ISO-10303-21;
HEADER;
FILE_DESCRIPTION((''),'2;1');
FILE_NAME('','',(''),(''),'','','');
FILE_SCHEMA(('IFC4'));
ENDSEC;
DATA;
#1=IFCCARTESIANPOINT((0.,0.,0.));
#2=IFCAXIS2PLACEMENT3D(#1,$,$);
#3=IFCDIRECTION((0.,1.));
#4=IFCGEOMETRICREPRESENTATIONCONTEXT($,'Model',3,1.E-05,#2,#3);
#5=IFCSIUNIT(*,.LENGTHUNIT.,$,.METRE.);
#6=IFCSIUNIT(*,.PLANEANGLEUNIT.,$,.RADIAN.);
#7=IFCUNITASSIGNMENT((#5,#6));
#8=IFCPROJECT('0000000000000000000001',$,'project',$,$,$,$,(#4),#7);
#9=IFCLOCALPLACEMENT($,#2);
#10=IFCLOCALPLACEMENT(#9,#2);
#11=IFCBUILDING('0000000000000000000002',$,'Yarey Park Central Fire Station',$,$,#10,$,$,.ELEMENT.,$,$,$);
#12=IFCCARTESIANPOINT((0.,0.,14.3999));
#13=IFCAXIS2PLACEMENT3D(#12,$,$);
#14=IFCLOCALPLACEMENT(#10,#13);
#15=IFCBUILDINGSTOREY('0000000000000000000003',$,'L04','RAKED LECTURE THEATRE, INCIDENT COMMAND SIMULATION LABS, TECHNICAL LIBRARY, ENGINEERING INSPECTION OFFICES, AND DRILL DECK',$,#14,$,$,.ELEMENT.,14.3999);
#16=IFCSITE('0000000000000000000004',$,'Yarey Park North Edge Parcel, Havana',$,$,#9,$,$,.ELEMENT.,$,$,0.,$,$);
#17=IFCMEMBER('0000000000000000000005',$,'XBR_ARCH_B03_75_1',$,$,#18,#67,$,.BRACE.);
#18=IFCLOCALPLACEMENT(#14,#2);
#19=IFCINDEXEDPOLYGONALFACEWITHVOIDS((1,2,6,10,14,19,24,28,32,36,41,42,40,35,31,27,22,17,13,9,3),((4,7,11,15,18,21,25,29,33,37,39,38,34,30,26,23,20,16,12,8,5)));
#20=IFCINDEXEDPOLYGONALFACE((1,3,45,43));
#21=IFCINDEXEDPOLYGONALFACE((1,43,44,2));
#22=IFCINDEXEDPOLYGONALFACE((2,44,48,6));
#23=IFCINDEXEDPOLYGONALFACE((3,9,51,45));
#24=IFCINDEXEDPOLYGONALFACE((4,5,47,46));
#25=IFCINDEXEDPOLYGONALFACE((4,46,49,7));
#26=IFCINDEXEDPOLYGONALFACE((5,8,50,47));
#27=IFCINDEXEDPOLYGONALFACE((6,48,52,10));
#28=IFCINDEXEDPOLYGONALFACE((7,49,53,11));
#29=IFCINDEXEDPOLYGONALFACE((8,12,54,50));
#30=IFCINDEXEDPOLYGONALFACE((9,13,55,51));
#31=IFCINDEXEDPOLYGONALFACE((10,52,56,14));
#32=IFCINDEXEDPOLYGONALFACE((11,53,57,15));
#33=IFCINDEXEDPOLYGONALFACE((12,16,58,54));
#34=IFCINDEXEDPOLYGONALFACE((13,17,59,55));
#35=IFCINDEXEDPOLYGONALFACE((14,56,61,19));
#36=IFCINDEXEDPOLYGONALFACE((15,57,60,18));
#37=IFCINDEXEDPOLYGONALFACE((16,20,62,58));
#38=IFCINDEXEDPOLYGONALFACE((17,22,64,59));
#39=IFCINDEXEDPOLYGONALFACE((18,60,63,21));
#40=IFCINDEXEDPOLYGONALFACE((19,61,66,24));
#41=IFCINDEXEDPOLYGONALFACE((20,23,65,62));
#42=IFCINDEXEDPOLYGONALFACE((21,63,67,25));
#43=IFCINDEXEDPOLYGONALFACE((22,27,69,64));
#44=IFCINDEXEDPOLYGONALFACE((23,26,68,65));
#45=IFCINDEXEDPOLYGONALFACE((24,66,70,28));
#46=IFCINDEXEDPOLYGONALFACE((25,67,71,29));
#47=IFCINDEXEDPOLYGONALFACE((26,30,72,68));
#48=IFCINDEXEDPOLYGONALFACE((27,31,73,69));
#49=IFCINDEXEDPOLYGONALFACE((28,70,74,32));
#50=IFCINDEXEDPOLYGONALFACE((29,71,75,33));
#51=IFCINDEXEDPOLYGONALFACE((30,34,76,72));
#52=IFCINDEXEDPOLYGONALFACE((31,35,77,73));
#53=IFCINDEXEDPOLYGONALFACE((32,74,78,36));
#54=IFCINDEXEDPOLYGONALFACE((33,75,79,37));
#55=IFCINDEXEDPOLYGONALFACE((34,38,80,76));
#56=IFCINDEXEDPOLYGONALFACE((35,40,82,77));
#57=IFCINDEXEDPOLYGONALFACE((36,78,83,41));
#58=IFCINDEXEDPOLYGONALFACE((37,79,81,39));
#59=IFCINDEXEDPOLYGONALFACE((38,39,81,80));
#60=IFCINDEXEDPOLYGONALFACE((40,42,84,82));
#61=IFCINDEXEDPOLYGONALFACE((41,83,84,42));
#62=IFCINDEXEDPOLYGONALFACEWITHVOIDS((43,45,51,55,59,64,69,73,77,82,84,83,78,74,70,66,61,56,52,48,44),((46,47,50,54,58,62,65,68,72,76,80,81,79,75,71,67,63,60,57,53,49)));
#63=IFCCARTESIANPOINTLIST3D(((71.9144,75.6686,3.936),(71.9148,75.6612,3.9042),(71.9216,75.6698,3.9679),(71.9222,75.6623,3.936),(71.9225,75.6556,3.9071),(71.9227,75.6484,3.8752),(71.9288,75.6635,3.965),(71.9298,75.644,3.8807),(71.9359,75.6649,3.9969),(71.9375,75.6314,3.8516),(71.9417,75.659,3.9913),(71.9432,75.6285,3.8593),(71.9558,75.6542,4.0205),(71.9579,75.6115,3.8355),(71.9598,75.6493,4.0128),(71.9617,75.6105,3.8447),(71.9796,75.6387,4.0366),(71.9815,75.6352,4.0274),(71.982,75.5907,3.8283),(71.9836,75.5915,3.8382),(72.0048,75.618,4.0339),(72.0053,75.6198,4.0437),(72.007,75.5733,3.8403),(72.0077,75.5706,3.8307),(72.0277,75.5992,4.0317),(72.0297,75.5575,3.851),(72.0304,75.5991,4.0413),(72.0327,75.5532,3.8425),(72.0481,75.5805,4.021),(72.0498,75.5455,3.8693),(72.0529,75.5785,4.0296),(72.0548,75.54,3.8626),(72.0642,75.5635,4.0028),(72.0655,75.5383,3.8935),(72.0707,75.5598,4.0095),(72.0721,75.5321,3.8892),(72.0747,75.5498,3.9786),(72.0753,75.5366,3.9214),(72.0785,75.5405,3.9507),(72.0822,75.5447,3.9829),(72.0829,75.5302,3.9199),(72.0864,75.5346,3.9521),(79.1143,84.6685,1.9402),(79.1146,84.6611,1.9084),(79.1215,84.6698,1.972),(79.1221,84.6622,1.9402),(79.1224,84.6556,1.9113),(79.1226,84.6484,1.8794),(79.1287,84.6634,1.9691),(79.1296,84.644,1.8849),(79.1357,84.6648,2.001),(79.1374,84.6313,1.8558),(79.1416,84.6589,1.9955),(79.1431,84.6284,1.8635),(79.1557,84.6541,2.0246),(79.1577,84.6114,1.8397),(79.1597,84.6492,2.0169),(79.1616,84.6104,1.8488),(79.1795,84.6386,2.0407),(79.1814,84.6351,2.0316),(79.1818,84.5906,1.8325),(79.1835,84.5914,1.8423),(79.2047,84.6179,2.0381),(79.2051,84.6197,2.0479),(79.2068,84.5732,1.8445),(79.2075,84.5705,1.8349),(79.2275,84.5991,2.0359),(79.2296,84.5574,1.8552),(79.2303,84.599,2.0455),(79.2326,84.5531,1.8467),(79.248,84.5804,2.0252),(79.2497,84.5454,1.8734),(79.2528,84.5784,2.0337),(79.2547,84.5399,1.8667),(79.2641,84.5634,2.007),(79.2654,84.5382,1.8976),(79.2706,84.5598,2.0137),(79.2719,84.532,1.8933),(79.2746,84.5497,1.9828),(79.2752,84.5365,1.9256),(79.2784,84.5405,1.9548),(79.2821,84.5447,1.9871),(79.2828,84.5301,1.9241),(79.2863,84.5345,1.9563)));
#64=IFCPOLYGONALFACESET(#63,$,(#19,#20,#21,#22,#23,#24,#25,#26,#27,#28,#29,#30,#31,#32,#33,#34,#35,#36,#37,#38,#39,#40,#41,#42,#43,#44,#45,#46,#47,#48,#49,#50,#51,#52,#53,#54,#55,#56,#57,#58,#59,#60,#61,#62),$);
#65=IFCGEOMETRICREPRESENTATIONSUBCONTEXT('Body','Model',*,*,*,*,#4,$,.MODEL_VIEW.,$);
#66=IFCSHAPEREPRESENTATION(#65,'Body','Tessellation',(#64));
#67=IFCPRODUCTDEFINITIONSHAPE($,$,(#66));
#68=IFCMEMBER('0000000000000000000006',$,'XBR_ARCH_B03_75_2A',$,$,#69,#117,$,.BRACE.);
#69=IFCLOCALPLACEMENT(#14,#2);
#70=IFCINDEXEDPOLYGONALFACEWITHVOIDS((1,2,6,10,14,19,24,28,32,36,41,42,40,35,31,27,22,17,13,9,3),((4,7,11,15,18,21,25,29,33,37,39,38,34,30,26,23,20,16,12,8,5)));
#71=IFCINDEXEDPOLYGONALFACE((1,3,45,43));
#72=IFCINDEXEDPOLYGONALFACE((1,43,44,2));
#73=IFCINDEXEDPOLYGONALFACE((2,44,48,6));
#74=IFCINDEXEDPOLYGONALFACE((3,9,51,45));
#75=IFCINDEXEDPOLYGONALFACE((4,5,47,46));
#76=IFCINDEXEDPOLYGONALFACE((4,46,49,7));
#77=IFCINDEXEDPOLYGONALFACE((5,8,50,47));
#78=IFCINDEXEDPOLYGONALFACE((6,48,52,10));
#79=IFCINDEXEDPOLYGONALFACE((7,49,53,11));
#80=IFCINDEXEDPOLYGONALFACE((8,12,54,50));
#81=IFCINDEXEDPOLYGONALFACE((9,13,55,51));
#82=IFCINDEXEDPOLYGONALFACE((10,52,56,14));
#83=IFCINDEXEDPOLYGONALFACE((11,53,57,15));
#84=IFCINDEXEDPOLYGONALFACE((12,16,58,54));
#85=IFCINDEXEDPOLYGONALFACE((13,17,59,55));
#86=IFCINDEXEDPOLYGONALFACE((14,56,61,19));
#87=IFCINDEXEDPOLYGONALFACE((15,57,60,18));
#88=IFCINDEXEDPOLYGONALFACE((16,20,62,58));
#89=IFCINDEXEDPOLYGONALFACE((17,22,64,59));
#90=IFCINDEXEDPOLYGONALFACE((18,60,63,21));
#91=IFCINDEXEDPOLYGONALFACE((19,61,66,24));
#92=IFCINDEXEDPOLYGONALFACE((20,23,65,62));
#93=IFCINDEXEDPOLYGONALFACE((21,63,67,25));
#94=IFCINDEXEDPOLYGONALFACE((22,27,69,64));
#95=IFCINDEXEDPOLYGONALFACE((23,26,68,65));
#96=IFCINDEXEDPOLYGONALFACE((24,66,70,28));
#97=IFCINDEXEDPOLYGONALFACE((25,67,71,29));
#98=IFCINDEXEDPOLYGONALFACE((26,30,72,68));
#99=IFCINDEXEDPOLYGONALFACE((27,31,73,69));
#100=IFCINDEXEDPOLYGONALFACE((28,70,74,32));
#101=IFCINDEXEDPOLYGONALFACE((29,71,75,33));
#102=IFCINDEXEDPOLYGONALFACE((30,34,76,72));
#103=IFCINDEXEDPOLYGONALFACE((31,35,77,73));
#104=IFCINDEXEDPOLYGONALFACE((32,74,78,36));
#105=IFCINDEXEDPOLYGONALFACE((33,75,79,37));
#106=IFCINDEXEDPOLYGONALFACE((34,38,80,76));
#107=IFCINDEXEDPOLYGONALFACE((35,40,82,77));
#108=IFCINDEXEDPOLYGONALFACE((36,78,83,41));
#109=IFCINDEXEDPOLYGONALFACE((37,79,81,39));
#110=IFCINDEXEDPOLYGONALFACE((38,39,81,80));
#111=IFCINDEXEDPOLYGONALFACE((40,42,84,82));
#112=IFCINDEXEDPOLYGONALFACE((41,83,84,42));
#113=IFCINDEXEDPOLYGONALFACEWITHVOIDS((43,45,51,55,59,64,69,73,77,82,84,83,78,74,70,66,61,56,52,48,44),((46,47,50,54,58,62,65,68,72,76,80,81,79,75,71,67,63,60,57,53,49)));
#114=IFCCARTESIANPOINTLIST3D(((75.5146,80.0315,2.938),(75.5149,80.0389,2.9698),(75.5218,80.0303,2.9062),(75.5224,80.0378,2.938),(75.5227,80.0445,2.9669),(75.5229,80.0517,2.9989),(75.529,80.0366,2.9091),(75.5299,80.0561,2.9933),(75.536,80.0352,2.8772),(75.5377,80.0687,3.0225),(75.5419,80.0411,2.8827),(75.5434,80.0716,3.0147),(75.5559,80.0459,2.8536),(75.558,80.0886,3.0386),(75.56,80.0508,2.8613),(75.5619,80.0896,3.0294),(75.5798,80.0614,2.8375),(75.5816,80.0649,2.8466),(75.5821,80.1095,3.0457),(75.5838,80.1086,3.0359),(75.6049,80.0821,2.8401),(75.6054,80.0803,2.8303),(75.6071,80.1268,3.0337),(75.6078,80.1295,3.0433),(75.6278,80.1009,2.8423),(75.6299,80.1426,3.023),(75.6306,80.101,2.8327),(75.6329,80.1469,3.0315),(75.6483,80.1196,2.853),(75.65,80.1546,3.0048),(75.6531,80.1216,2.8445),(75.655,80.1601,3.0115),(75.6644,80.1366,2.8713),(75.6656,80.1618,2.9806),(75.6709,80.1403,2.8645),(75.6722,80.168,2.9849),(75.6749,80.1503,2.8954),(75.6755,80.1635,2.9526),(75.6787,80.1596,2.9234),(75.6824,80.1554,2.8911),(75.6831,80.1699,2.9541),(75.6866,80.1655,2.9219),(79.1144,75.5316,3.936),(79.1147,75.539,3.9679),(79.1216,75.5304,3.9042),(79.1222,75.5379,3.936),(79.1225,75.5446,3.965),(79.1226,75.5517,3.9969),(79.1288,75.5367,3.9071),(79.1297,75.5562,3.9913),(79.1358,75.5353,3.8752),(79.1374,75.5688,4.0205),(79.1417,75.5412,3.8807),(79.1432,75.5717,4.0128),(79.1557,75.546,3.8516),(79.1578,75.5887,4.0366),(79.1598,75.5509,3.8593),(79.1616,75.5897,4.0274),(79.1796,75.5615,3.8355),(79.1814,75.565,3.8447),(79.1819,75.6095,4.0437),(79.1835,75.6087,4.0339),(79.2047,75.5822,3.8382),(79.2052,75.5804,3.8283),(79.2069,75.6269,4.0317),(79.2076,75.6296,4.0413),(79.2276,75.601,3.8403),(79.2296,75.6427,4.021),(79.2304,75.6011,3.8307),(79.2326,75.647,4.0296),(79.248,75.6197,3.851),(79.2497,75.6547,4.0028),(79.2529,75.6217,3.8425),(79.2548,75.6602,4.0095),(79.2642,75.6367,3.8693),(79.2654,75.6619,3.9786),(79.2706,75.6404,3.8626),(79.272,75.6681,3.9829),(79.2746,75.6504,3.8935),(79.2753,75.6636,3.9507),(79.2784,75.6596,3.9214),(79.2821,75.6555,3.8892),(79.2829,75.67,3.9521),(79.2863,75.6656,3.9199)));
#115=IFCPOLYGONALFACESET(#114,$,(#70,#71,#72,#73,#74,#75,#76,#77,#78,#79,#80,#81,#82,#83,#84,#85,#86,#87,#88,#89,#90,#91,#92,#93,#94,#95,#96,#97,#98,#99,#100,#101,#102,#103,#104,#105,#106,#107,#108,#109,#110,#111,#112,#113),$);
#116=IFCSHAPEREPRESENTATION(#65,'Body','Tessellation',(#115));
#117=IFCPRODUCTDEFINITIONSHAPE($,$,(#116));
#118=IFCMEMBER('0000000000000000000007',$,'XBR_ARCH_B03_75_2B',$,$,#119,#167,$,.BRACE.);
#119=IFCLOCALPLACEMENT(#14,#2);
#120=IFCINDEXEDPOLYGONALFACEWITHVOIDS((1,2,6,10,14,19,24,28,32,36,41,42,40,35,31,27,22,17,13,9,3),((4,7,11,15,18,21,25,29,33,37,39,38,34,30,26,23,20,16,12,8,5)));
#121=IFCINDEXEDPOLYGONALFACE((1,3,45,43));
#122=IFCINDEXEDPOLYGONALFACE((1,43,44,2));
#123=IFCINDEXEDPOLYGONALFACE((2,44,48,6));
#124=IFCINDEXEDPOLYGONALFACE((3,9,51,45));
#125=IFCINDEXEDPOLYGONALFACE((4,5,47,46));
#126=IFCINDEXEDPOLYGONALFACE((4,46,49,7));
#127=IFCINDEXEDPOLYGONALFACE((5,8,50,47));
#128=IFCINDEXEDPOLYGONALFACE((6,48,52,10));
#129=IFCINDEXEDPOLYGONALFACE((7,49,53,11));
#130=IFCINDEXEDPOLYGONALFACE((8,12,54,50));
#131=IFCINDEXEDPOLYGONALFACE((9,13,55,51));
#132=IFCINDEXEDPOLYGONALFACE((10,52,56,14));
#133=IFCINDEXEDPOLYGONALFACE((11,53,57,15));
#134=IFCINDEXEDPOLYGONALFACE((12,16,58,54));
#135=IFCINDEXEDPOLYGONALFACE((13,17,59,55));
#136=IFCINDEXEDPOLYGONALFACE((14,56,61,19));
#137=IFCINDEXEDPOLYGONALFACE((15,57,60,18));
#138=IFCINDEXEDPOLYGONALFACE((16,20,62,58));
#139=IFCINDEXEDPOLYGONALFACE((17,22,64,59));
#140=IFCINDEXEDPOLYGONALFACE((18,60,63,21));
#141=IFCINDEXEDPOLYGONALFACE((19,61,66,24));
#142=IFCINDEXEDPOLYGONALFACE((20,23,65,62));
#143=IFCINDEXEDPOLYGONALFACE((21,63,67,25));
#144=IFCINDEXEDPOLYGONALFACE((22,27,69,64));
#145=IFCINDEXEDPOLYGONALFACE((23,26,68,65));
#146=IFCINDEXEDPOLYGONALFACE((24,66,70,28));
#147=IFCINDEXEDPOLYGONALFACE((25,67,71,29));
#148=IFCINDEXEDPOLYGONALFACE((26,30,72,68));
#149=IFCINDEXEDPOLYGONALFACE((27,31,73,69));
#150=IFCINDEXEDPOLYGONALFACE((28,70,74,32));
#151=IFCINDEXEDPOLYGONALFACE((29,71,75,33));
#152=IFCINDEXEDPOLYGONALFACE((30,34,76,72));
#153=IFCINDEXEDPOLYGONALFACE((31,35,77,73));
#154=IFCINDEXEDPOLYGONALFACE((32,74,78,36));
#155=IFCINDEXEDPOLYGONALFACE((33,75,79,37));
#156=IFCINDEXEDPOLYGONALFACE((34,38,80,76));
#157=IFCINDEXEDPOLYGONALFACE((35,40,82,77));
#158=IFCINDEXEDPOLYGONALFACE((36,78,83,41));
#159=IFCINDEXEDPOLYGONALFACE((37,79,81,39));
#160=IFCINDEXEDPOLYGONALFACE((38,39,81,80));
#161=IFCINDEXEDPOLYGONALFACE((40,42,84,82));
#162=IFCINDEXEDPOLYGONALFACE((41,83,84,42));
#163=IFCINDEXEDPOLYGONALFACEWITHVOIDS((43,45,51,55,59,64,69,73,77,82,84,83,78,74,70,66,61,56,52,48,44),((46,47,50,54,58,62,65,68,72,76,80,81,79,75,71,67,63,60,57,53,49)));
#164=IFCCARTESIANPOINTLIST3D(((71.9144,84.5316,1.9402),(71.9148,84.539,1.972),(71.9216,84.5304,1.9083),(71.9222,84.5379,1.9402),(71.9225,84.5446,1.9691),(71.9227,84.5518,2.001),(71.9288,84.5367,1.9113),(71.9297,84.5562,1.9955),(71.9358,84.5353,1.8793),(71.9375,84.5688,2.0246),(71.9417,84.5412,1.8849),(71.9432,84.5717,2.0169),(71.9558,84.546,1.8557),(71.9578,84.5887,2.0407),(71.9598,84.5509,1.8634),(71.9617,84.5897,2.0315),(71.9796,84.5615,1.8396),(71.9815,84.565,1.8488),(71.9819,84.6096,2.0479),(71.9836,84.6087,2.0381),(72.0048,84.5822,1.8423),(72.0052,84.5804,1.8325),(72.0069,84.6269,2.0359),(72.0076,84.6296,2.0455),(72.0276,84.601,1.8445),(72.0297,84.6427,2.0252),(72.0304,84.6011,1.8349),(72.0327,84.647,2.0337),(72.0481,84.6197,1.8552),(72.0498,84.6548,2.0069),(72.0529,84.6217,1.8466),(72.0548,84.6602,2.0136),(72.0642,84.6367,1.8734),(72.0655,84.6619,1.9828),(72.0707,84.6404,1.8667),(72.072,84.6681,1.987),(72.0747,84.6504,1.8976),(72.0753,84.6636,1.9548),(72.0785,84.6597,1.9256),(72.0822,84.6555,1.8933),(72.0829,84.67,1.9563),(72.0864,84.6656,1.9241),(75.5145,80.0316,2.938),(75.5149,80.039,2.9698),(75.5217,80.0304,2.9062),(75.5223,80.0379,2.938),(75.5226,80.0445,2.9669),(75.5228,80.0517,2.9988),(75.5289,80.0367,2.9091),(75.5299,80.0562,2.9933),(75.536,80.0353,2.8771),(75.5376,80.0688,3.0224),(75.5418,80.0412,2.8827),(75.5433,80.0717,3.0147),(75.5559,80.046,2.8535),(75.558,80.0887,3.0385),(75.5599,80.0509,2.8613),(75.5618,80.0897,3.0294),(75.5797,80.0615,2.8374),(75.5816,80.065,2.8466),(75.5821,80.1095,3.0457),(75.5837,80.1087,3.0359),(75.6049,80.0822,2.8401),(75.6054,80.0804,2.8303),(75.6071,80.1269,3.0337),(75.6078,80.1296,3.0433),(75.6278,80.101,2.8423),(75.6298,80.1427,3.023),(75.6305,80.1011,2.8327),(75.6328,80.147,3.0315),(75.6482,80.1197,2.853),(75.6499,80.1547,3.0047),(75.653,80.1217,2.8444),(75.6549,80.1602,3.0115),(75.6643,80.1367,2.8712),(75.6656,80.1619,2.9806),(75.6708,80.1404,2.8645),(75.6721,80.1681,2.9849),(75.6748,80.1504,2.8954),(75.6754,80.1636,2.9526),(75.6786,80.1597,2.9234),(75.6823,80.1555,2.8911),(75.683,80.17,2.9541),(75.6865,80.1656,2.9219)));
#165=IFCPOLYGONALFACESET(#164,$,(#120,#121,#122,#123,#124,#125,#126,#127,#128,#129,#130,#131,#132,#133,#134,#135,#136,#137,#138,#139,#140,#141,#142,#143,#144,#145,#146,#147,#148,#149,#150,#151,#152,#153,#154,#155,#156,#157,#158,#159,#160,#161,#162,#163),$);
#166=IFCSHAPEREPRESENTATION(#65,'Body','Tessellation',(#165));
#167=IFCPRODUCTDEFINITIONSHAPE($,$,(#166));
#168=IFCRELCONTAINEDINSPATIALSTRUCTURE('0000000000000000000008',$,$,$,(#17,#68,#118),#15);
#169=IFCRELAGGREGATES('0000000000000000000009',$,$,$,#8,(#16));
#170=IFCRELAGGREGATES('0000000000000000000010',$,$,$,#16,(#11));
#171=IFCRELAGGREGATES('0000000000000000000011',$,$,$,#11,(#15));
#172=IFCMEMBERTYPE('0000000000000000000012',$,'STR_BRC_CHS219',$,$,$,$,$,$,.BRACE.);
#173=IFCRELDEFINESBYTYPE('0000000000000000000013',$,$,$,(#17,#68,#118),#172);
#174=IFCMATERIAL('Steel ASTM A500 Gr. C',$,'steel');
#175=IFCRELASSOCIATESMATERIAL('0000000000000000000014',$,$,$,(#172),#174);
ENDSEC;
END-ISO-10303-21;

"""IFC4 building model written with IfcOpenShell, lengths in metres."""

from ifc_helpers import new_model, si_unit, direction, frame, origin, origin_2d, place, context, subcontext, project, spatial, hollow_circle, extrude, material, material_profile, profile_set, type_object, element, save


model = new_model("IFC4")

# Units and contexts
model_context = context("Model", 3, precision=1e-05, world=origin(), true_north=direction((0.0, 1.0)))
body_context = subcontext(model_context, "Body", "Model", "MODEL_VIEW")
ifc_project = project(units=[si_unit("LENGTHUNIT", "METRE"), si_unit("PLANEANGLEUNIT", "RADIAN")], contexts=[model_context])

# Site, building, storey
site_placement = place(None, origin())
site = spatial("IfcSite", under=ifc_project, at=site_placement, Name="Yarey Park North Edge Parcel, Havana", CompositionType="ELEMENT", RefElevation=0.0)
building_placement = place(site_placement, origin())
building = spatial("IfcBuilding", under=site, at=building_placement, Name="Yarey Park Central Fire Station", CompositionType="ELEMENT")
storey_placement = place(building_placement, frame((0.0, 0.0, 14.3999)))
storey = spatial("IfcBuildingStorey", under=building, at=storey_placement, Name="L04", Description="RAKED LECTURE THEATRE, INCIDENT COMMAND SIMULATION LABS, TECHNICAL LIBRARY, ENGINEERING INSPECTION OFFICES, AND DRILL DECK", CompositionType="ELEMENT", Elevation=14.3999)

# Members
ifc_material_1 = material(Name="Steel ASTM A500 Gr. C", Category="steel")
ifc_material_profile_1 = material_profile(ifc_material_1, hollow_circle(Radius=0.1096, WallThickness=0.01, at=origin_2d()), Name="CHS 219.1x10")
ifc_profile_set_1 = profile_set([ifc_material_profile_1], Name="Steel ASTM A500 Gr. C")
member_type_1 = type_object("IfcMemberType", Name="STR_BRC_CHS219", PredefinedType="BRACE", material=ifc_profile_set_1)
member_1_placement = place(storey_placement, frame((72.0, 75.6001, 3.936), z_axis=(0.615532, 0.76942, -0.170627), x_axis=(-0.780871, 0.624692, 0.0)))
element("IfcMember", 1, at=member_1_placement, inside=storey, type_object=member_type_1, Name="XBR_ARCH_B03_75_1", PredefinedType="BRACE", context=body_context, shape_type="SweptSolid", body=[
    extrude(hollow_circle(Radius=0.1096, WallThickness=0.01, at=origin_2d()), origin(), (0.0, 0.0, 1.0), 11.697),
])
member_2_placement = place(storey_placement, frame((79.2, 75.6001, 3.936), z_axis=(-0.615517, 0.769427, -0.17065), x_axis=(-0.780881, -0.62468, 0.0)))
element("IfcMember", 2, at=member_2_placement, inside=storey, type_object=member_type_1, Name="XBR_ARCH_B03_75_2A", PredefinedType="BRACE", context=body_context, shape_type="SweptSolid", body=[
    extrude(hollow_circle(Radius=0.1096, WallThickness=0.01, at=origin_2d()), origin(), (0.0, 0.0, 1.0), 5.8484),
])
member_3_placement = place(storey_placement, frame((75.6001, 80.1001, 2.938), z_axis=(-0.615547, 0.769413, -0.170605), x_axis=(-0.780861, -0.624705, 0.0)))
element("IfcMember", 3, at=member_3_placement, inside=storey, type_object=member_type_1, Name="XBR_ARCH_B03_75_2B", PredefinedType="BRACE", context=body_context, shape_type="SweptSolid", body=[
    extrude(hollow_circle(Radius=0.1096, WallThickness=0.01, at=origin_2d()), origin(), (0.0, 0.0, 1.0), 5.8486),
])

save(model, "model.ifc")
